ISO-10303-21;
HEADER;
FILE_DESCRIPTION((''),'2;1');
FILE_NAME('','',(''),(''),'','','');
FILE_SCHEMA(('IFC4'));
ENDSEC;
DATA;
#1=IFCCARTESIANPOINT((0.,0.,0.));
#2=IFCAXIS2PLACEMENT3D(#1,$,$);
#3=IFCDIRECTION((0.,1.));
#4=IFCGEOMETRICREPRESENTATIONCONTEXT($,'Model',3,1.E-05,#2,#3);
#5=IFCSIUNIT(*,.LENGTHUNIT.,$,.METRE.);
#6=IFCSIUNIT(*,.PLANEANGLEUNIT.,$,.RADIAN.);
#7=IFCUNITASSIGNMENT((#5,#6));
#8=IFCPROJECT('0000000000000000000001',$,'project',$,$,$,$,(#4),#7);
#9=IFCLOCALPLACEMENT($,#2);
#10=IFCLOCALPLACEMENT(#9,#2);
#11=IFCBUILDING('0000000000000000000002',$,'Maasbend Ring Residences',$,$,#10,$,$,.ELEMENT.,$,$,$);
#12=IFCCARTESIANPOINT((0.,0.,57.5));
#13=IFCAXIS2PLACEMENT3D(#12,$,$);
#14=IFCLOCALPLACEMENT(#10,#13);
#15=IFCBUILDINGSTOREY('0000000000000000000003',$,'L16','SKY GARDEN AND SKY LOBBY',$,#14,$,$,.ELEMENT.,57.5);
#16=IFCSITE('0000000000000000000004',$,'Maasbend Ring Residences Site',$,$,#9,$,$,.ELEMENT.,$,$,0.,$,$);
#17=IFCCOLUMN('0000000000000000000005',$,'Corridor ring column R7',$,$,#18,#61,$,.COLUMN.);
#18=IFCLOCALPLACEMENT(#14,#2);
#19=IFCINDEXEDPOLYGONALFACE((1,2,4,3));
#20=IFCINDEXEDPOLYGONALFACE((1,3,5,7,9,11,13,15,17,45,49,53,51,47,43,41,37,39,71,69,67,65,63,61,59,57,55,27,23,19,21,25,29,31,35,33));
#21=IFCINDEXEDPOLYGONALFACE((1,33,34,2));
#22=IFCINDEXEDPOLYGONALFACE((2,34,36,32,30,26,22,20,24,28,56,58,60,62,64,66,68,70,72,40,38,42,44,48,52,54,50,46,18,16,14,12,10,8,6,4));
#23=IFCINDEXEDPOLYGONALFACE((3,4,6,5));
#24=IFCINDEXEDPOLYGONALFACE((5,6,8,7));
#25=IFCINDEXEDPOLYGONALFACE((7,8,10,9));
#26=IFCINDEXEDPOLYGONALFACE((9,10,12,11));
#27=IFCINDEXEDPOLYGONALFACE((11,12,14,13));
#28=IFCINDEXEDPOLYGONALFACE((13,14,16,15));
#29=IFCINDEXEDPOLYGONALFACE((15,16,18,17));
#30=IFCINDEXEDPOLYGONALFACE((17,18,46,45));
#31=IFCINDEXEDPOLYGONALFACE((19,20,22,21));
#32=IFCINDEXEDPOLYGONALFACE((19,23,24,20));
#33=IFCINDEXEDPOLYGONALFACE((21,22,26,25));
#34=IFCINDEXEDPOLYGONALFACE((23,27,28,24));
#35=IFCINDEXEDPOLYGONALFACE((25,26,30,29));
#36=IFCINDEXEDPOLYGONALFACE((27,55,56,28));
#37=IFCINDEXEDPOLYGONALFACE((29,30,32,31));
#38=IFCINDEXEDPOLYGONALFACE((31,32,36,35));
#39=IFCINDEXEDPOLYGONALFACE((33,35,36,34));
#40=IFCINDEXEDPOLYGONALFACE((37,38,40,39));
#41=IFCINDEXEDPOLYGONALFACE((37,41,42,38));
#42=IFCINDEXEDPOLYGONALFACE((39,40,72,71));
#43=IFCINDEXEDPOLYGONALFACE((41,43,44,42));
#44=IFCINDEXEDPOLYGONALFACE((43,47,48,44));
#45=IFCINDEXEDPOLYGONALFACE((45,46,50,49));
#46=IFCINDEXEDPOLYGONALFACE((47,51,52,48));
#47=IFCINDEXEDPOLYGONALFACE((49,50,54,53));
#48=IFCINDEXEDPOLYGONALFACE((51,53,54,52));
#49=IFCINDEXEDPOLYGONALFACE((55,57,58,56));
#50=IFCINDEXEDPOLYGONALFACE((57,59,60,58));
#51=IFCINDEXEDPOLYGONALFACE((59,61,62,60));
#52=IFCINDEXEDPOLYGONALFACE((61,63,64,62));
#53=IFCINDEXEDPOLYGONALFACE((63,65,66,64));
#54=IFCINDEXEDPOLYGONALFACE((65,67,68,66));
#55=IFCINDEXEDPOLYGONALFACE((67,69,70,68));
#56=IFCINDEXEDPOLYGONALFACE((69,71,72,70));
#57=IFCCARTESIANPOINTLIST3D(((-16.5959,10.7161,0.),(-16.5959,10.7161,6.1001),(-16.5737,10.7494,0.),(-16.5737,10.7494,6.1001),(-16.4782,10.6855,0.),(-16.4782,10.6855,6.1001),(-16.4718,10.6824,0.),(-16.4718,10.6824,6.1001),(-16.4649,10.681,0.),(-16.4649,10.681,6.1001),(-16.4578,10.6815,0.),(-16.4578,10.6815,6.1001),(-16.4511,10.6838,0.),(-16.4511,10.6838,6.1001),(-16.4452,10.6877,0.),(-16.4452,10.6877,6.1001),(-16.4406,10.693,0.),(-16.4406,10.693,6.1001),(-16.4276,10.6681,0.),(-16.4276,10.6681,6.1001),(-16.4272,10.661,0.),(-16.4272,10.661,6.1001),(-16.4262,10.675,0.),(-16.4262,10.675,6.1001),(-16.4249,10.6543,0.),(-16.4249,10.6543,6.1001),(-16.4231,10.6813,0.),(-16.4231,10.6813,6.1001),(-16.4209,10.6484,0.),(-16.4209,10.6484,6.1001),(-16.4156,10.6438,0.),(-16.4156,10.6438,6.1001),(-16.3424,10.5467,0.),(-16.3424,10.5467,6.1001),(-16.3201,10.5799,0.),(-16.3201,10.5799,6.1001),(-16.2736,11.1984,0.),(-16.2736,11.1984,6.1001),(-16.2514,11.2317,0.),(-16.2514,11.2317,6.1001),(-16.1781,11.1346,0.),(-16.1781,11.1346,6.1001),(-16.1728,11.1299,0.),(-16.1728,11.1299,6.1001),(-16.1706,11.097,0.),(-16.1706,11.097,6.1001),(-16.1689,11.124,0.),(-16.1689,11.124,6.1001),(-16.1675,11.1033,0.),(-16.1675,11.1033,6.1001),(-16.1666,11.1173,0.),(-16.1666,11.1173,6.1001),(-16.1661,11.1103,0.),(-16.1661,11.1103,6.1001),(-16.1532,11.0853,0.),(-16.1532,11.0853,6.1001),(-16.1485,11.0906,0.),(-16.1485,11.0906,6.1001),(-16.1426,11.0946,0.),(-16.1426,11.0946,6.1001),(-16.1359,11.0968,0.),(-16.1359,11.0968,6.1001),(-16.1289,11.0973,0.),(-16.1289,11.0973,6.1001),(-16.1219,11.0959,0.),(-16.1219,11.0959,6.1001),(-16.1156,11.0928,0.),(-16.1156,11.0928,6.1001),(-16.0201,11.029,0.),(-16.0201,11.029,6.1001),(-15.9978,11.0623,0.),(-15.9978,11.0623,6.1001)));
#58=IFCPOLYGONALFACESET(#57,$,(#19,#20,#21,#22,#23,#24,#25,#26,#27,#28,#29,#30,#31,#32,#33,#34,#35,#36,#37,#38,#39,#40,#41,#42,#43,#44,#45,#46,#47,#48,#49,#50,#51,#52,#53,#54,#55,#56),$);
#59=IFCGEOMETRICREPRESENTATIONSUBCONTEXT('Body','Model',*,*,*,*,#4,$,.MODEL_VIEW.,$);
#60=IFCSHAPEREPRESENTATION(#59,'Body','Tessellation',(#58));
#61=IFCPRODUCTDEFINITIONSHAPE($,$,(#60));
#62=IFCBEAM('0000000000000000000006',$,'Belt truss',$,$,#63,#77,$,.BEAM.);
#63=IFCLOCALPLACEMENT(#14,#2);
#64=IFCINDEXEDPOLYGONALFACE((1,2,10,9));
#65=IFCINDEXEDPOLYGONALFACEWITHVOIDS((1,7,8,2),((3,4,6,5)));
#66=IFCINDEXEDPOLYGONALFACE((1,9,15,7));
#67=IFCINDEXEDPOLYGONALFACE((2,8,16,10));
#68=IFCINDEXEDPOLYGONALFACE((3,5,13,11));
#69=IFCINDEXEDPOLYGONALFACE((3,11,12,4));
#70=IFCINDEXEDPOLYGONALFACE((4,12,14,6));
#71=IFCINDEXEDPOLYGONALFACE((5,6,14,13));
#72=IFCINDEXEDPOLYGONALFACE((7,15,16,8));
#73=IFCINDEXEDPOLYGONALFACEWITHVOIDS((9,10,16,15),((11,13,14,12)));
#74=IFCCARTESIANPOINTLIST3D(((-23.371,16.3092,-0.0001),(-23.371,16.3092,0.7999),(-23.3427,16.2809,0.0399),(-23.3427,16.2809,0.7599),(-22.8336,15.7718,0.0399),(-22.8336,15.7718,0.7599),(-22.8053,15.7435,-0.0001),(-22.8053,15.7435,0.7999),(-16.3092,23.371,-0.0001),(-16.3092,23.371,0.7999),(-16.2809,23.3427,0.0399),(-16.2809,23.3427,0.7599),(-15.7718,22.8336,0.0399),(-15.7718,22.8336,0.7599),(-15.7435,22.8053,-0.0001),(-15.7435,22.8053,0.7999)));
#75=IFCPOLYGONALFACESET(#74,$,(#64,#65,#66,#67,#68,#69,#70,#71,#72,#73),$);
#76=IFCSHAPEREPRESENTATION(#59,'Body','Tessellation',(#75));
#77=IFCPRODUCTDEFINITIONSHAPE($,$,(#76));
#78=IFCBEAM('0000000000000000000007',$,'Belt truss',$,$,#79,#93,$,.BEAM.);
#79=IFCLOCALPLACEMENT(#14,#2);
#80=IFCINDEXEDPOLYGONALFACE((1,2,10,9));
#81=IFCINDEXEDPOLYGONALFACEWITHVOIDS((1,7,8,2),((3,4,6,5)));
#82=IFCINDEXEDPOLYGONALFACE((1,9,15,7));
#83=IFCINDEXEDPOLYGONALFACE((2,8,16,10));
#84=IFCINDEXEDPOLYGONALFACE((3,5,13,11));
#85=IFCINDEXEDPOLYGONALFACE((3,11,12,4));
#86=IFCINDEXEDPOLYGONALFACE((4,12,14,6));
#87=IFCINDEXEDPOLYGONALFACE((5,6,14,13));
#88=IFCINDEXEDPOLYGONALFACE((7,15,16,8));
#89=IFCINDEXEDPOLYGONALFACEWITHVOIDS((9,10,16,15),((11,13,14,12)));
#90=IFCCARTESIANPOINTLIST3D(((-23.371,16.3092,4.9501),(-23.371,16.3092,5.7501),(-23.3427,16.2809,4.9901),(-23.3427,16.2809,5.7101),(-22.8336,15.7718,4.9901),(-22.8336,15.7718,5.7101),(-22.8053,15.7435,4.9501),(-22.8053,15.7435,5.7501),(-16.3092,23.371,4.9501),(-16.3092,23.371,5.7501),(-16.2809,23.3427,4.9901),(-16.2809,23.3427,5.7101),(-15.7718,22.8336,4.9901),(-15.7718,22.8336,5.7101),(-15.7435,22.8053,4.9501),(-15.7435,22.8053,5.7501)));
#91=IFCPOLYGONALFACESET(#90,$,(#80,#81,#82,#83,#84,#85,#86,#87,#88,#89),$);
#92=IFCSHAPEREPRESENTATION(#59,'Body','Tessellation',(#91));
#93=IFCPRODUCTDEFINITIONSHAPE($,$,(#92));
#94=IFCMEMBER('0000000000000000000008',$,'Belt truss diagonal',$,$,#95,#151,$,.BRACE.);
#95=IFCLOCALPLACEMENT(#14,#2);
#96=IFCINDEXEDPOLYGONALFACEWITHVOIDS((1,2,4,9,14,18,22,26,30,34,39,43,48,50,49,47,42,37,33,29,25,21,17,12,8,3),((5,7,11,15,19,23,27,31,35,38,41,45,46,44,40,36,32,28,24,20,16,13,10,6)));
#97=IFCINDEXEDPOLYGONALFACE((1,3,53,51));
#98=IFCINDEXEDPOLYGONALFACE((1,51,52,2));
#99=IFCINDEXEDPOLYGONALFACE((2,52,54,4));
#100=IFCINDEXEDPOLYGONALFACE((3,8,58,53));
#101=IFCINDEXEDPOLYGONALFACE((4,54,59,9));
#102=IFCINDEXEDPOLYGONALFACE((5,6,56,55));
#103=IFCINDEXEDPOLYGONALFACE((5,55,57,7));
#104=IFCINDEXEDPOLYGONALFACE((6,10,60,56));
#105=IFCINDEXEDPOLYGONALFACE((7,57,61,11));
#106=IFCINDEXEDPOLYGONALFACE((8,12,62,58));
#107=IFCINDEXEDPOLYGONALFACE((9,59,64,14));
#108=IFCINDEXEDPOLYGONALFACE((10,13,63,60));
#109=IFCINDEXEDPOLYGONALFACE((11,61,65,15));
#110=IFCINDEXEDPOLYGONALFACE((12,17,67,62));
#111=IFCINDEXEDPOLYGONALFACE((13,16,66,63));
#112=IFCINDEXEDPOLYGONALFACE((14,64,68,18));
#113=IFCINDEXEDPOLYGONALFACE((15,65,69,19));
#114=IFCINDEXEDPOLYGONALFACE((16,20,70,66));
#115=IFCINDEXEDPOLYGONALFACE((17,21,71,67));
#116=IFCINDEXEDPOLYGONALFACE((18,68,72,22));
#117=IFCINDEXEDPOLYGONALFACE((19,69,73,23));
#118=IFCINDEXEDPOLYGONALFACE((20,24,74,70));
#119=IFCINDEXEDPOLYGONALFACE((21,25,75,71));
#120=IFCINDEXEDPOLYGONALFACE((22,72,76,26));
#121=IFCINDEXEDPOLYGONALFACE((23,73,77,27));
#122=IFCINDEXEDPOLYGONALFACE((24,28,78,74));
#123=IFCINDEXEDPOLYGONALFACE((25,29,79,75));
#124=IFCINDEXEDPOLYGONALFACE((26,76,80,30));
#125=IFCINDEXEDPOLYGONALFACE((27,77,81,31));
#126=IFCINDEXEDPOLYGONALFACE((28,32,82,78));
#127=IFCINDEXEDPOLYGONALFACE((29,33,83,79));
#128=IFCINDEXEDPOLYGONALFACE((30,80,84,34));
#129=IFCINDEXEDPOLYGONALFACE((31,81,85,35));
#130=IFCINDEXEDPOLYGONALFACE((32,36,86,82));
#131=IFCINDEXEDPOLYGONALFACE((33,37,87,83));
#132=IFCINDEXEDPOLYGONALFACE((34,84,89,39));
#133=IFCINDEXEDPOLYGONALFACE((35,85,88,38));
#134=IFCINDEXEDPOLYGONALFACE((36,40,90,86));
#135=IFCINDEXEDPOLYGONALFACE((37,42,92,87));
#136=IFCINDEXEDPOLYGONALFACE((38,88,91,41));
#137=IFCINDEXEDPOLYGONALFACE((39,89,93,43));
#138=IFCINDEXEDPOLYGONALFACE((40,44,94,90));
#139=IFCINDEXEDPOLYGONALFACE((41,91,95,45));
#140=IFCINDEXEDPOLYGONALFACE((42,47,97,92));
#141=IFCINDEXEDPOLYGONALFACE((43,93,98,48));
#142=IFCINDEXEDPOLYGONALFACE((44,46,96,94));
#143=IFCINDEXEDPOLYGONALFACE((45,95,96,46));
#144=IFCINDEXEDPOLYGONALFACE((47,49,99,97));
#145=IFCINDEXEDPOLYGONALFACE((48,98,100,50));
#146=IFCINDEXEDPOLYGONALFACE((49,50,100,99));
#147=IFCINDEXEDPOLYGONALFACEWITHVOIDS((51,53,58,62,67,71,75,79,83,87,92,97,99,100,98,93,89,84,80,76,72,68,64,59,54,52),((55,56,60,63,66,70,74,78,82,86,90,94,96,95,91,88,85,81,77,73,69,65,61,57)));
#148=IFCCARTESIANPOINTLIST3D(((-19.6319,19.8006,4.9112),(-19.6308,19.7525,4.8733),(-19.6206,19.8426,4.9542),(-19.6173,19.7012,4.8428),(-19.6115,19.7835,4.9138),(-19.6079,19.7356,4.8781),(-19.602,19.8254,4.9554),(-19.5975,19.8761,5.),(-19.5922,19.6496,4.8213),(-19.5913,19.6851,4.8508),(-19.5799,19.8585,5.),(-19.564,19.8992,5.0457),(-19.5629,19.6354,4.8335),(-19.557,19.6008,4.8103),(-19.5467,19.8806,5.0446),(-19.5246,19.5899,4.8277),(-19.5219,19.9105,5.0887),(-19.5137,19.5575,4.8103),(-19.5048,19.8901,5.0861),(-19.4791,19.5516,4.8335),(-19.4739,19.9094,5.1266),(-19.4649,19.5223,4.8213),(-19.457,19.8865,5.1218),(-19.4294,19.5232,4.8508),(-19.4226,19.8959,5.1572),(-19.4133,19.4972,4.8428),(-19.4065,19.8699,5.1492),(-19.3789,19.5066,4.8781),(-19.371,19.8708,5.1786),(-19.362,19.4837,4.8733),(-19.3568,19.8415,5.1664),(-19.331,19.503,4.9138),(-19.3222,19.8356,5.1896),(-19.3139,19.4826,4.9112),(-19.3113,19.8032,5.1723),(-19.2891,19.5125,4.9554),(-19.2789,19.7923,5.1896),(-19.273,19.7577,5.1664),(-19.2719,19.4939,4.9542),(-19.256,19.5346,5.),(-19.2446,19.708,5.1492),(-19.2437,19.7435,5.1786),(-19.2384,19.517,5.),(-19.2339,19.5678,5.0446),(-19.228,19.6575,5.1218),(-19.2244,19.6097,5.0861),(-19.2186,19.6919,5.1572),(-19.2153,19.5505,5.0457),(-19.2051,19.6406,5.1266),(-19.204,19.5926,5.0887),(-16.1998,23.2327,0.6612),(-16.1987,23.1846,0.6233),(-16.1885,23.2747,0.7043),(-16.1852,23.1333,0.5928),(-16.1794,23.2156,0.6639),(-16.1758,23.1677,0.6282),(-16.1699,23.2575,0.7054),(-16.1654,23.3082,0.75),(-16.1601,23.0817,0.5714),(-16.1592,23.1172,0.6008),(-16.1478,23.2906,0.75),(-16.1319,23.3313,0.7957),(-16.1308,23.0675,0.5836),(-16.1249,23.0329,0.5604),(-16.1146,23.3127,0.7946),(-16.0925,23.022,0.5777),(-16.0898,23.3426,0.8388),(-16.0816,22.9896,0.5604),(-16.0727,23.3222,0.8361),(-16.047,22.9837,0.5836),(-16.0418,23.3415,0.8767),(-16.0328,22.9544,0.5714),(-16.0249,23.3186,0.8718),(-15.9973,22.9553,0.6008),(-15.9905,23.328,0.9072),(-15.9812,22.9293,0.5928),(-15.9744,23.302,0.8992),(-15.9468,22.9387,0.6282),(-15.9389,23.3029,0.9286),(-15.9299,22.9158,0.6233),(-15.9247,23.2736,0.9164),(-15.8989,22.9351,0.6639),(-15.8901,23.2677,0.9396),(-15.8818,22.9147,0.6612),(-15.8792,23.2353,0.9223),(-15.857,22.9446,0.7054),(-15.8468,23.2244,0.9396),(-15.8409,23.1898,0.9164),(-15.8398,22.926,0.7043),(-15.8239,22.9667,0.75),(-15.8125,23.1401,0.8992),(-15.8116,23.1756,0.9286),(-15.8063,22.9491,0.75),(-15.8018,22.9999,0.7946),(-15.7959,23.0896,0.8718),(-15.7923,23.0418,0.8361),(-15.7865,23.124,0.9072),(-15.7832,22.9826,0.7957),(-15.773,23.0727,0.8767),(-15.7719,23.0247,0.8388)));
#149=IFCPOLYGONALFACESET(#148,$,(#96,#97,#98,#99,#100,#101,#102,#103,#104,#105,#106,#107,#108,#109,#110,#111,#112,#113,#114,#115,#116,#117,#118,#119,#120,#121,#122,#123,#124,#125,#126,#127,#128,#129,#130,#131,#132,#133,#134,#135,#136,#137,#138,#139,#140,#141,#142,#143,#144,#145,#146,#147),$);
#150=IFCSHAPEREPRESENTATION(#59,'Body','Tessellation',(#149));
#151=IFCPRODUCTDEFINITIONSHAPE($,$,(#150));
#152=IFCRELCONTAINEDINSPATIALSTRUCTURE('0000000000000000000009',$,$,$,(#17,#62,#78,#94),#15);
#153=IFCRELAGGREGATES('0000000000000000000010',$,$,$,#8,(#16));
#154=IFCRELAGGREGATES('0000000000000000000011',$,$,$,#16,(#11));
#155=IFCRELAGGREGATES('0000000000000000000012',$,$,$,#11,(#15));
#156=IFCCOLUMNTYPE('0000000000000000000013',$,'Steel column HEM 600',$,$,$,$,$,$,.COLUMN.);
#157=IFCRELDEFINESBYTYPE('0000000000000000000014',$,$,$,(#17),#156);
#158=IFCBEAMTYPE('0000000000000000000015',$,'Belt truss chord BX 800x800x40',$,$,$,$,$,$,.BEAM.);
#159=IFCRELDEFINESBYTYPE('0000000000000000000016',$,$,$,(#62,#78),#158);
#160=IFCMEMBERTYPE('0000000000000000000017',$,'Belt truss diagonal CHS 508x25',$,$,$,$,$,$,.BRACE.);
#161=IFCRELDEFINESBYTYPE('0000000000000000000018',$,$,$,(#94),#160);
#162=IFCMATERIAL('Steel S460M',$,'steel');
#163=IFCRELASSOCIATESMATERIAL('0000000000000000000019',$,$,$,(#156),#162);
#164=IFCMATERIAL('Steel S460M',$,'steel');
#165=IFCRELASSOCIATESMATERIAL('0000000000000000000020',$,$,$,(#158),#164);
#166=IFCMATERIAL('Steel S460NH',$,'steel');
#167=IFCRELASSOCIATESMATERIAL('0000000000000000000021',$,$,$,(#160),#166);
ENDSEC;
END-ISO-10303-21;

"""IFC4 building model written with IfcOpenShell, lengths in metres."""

from ifc_helpers import new_model, si_unit, direction, frame, origin, origin_2d, place, context, subcontext, project, spatial, hollow_rectangle, hollow_circle, i_section, extrude, material, material_profile, profile_set, type_object, element, save


model = new_model("IFC4")

# Units and contexts
model_context = context("Model", 3, precision=1e-05, world=origin(), true_north=direction((0.0, 1.0)))
body_context = subcontext(model_context, "Body", "Model", "MODEL_VIEW")
ifc_project = project(units=[si_unit("LENGTHUNIT", "METRE"), si_unit("PLANEANGLEUNIT", "RADIAN")], contexts=[model_context])

# Site, building, storey
site_placement = place(None, origin())
site = spatial("IfcSite", under=ifc_project, at=site_placement, Name="Maasbend Ring Residences Site", CompositionType="ELEMENT", RefElevation=0.0)
building_placement = place(site_placement, origin())
building = spatial("IfcBuilding", under=site, at=building_placement, Name="Maasbend Ring Residences", CompositionType="ELEMENT")
storey_placement = place(building_placement, frame((0.0, 0.0, 57.5)))
storey = spatial("IfcBuildingStorey", under=building, at=storey_placement, Name="L16", Description="SKY GARDEN AND SKY LOBBY", CompositionType="ELEMENT", Elevation=57.5)

# Column
ifc_material_1 = material(Name="Steel S460M", Category="steel")
ifc_material_profile_1 = material_profile(ifc_material_1, i_section(OverallWidth=0.3049, OverallDepth=0.6201, WebThickness=0.021, FlangeThickness=0.04, FilletRadius=0.0271, at=origin_2d()), Name="HEM 600")
ifc_profile_set_1 = profile_set([ifc_material_profile_1], Name="Steel S460M")
column_type_1 = type_object("IfcColumnType", Name="Steel column HEM 600", PredefinedType="COLUMN", material=ifc_profile_set_1)
column_placement = place(storey_placement, frame((-16.2969, 10.8892, 0.0), z_axis=(0.0, 0.0, 1.0), x_axis=(-0.83147, 0.55557, 0.0)))
element("IfcColumn", 1, at=column_placement, inside=storey, type_object=column_type_1, Name="Corridor ring column R7", PredefinedType="COLUMN", context=body_context, shape_type="SweptSolid", body=[
    extrude(i_section(OverallWidth=0.3049, OverallDepth=0.6201, WebThickness=0.021, FlangeThickness=0.04, FilletRadius=0.0271, at=origin_2d()), origin(), (0.0, 0.0, 1.0), 6.1001),
])

# Beams
ifc_material_2 = material(Name="Steel S460M", Category="steel")
ifc_material_profile_2 = material_profile(ifc_material_2, hollow_rectangle(XDim=0.8, YDim=0.8, WallThickness=0.04, at=origin_2d()), Name="Belt truss chord BX 800x800x40")
ifc_profile_set_2 = profile_set([ifc_material_profile_2], Name="Steel S460M")
beam_type_1 = type_object("IfcBeamType", Name="Belt truss chord BX 800x800x40", PredefinedType="BEAM", material=ifc_profile_set_2)
for number, where, z_axis, x_axis, name in (
    (2, (-16.0264, 23.0881, 0.3999), (-0.707107, -0.707107, 0.0), (0.707107, -0.707107, 0.0), "Belt truss"),
    (3, (-16.0264, 23.0881, 5.3501), (-0.707107, -0.707107, 0.0), (0.707107, -0.707107, 0.0), "Belt truss"),
):
    element("IfcBeam", number, at=place(storey_placement, frame(where, z_axis=z_axis, x_axis=x_axis)), inside=storey, type_object=beam_type_1, Name=name, PredefinedType="BEAM", context=body_context, shape_type="SweptSolid", body=[
        extrude(hollow_rectangle(XDim=0.8, YDim=0.8, WallThickness=0.04, at=origin_2d()), origin(), (0.0, 0.0, 1.0), 9.9868),
    ])

# Member
ifc_material_3 = material(Name="Steel S460NH", Category="steel")
ifc_material_profile_3 = material_profile(ifc_material_3, hollow_circle(Radius=0.2539, WallThickness=0.0249, at=origin_2d()), Name="Belt truss diagonal CHS 508x25")
ifc_profile_set_3 = profile_set([ifc_material_profile_3], Name="Steel S460NH")
member_type_1 = type_object("IfcMemberType", Name="Belt truss diagonal CHS 508x25", PredefinedType="BRACE", material=ifc_profile_set_3)
for number, where, z_axis, x_axis, name in (
    (4, (-15.9858, 23.1287, 0.75), (-0.531991, -0.531991, 0.658764), (0.707107, -0.707107, 0.0), "Belt truss diagonal"),
):
    element("IfcMember", number, at=place(storey_placement, frame(where, z_axis=z_axis, x_axis=x_axis)), inside=storey, type_object=member_type_1, Name=name, PredefinedType="BRACE", context=body_context, shape_type="SweptSolid", body=[
        extrude(hollow_circle(Radius=0.2539, WallThickness=0.0249, at=origin_2d()), origin(), (0.0, 0.0, 1.0), 6.4514),
    ])

save(model, "model.ifc")
